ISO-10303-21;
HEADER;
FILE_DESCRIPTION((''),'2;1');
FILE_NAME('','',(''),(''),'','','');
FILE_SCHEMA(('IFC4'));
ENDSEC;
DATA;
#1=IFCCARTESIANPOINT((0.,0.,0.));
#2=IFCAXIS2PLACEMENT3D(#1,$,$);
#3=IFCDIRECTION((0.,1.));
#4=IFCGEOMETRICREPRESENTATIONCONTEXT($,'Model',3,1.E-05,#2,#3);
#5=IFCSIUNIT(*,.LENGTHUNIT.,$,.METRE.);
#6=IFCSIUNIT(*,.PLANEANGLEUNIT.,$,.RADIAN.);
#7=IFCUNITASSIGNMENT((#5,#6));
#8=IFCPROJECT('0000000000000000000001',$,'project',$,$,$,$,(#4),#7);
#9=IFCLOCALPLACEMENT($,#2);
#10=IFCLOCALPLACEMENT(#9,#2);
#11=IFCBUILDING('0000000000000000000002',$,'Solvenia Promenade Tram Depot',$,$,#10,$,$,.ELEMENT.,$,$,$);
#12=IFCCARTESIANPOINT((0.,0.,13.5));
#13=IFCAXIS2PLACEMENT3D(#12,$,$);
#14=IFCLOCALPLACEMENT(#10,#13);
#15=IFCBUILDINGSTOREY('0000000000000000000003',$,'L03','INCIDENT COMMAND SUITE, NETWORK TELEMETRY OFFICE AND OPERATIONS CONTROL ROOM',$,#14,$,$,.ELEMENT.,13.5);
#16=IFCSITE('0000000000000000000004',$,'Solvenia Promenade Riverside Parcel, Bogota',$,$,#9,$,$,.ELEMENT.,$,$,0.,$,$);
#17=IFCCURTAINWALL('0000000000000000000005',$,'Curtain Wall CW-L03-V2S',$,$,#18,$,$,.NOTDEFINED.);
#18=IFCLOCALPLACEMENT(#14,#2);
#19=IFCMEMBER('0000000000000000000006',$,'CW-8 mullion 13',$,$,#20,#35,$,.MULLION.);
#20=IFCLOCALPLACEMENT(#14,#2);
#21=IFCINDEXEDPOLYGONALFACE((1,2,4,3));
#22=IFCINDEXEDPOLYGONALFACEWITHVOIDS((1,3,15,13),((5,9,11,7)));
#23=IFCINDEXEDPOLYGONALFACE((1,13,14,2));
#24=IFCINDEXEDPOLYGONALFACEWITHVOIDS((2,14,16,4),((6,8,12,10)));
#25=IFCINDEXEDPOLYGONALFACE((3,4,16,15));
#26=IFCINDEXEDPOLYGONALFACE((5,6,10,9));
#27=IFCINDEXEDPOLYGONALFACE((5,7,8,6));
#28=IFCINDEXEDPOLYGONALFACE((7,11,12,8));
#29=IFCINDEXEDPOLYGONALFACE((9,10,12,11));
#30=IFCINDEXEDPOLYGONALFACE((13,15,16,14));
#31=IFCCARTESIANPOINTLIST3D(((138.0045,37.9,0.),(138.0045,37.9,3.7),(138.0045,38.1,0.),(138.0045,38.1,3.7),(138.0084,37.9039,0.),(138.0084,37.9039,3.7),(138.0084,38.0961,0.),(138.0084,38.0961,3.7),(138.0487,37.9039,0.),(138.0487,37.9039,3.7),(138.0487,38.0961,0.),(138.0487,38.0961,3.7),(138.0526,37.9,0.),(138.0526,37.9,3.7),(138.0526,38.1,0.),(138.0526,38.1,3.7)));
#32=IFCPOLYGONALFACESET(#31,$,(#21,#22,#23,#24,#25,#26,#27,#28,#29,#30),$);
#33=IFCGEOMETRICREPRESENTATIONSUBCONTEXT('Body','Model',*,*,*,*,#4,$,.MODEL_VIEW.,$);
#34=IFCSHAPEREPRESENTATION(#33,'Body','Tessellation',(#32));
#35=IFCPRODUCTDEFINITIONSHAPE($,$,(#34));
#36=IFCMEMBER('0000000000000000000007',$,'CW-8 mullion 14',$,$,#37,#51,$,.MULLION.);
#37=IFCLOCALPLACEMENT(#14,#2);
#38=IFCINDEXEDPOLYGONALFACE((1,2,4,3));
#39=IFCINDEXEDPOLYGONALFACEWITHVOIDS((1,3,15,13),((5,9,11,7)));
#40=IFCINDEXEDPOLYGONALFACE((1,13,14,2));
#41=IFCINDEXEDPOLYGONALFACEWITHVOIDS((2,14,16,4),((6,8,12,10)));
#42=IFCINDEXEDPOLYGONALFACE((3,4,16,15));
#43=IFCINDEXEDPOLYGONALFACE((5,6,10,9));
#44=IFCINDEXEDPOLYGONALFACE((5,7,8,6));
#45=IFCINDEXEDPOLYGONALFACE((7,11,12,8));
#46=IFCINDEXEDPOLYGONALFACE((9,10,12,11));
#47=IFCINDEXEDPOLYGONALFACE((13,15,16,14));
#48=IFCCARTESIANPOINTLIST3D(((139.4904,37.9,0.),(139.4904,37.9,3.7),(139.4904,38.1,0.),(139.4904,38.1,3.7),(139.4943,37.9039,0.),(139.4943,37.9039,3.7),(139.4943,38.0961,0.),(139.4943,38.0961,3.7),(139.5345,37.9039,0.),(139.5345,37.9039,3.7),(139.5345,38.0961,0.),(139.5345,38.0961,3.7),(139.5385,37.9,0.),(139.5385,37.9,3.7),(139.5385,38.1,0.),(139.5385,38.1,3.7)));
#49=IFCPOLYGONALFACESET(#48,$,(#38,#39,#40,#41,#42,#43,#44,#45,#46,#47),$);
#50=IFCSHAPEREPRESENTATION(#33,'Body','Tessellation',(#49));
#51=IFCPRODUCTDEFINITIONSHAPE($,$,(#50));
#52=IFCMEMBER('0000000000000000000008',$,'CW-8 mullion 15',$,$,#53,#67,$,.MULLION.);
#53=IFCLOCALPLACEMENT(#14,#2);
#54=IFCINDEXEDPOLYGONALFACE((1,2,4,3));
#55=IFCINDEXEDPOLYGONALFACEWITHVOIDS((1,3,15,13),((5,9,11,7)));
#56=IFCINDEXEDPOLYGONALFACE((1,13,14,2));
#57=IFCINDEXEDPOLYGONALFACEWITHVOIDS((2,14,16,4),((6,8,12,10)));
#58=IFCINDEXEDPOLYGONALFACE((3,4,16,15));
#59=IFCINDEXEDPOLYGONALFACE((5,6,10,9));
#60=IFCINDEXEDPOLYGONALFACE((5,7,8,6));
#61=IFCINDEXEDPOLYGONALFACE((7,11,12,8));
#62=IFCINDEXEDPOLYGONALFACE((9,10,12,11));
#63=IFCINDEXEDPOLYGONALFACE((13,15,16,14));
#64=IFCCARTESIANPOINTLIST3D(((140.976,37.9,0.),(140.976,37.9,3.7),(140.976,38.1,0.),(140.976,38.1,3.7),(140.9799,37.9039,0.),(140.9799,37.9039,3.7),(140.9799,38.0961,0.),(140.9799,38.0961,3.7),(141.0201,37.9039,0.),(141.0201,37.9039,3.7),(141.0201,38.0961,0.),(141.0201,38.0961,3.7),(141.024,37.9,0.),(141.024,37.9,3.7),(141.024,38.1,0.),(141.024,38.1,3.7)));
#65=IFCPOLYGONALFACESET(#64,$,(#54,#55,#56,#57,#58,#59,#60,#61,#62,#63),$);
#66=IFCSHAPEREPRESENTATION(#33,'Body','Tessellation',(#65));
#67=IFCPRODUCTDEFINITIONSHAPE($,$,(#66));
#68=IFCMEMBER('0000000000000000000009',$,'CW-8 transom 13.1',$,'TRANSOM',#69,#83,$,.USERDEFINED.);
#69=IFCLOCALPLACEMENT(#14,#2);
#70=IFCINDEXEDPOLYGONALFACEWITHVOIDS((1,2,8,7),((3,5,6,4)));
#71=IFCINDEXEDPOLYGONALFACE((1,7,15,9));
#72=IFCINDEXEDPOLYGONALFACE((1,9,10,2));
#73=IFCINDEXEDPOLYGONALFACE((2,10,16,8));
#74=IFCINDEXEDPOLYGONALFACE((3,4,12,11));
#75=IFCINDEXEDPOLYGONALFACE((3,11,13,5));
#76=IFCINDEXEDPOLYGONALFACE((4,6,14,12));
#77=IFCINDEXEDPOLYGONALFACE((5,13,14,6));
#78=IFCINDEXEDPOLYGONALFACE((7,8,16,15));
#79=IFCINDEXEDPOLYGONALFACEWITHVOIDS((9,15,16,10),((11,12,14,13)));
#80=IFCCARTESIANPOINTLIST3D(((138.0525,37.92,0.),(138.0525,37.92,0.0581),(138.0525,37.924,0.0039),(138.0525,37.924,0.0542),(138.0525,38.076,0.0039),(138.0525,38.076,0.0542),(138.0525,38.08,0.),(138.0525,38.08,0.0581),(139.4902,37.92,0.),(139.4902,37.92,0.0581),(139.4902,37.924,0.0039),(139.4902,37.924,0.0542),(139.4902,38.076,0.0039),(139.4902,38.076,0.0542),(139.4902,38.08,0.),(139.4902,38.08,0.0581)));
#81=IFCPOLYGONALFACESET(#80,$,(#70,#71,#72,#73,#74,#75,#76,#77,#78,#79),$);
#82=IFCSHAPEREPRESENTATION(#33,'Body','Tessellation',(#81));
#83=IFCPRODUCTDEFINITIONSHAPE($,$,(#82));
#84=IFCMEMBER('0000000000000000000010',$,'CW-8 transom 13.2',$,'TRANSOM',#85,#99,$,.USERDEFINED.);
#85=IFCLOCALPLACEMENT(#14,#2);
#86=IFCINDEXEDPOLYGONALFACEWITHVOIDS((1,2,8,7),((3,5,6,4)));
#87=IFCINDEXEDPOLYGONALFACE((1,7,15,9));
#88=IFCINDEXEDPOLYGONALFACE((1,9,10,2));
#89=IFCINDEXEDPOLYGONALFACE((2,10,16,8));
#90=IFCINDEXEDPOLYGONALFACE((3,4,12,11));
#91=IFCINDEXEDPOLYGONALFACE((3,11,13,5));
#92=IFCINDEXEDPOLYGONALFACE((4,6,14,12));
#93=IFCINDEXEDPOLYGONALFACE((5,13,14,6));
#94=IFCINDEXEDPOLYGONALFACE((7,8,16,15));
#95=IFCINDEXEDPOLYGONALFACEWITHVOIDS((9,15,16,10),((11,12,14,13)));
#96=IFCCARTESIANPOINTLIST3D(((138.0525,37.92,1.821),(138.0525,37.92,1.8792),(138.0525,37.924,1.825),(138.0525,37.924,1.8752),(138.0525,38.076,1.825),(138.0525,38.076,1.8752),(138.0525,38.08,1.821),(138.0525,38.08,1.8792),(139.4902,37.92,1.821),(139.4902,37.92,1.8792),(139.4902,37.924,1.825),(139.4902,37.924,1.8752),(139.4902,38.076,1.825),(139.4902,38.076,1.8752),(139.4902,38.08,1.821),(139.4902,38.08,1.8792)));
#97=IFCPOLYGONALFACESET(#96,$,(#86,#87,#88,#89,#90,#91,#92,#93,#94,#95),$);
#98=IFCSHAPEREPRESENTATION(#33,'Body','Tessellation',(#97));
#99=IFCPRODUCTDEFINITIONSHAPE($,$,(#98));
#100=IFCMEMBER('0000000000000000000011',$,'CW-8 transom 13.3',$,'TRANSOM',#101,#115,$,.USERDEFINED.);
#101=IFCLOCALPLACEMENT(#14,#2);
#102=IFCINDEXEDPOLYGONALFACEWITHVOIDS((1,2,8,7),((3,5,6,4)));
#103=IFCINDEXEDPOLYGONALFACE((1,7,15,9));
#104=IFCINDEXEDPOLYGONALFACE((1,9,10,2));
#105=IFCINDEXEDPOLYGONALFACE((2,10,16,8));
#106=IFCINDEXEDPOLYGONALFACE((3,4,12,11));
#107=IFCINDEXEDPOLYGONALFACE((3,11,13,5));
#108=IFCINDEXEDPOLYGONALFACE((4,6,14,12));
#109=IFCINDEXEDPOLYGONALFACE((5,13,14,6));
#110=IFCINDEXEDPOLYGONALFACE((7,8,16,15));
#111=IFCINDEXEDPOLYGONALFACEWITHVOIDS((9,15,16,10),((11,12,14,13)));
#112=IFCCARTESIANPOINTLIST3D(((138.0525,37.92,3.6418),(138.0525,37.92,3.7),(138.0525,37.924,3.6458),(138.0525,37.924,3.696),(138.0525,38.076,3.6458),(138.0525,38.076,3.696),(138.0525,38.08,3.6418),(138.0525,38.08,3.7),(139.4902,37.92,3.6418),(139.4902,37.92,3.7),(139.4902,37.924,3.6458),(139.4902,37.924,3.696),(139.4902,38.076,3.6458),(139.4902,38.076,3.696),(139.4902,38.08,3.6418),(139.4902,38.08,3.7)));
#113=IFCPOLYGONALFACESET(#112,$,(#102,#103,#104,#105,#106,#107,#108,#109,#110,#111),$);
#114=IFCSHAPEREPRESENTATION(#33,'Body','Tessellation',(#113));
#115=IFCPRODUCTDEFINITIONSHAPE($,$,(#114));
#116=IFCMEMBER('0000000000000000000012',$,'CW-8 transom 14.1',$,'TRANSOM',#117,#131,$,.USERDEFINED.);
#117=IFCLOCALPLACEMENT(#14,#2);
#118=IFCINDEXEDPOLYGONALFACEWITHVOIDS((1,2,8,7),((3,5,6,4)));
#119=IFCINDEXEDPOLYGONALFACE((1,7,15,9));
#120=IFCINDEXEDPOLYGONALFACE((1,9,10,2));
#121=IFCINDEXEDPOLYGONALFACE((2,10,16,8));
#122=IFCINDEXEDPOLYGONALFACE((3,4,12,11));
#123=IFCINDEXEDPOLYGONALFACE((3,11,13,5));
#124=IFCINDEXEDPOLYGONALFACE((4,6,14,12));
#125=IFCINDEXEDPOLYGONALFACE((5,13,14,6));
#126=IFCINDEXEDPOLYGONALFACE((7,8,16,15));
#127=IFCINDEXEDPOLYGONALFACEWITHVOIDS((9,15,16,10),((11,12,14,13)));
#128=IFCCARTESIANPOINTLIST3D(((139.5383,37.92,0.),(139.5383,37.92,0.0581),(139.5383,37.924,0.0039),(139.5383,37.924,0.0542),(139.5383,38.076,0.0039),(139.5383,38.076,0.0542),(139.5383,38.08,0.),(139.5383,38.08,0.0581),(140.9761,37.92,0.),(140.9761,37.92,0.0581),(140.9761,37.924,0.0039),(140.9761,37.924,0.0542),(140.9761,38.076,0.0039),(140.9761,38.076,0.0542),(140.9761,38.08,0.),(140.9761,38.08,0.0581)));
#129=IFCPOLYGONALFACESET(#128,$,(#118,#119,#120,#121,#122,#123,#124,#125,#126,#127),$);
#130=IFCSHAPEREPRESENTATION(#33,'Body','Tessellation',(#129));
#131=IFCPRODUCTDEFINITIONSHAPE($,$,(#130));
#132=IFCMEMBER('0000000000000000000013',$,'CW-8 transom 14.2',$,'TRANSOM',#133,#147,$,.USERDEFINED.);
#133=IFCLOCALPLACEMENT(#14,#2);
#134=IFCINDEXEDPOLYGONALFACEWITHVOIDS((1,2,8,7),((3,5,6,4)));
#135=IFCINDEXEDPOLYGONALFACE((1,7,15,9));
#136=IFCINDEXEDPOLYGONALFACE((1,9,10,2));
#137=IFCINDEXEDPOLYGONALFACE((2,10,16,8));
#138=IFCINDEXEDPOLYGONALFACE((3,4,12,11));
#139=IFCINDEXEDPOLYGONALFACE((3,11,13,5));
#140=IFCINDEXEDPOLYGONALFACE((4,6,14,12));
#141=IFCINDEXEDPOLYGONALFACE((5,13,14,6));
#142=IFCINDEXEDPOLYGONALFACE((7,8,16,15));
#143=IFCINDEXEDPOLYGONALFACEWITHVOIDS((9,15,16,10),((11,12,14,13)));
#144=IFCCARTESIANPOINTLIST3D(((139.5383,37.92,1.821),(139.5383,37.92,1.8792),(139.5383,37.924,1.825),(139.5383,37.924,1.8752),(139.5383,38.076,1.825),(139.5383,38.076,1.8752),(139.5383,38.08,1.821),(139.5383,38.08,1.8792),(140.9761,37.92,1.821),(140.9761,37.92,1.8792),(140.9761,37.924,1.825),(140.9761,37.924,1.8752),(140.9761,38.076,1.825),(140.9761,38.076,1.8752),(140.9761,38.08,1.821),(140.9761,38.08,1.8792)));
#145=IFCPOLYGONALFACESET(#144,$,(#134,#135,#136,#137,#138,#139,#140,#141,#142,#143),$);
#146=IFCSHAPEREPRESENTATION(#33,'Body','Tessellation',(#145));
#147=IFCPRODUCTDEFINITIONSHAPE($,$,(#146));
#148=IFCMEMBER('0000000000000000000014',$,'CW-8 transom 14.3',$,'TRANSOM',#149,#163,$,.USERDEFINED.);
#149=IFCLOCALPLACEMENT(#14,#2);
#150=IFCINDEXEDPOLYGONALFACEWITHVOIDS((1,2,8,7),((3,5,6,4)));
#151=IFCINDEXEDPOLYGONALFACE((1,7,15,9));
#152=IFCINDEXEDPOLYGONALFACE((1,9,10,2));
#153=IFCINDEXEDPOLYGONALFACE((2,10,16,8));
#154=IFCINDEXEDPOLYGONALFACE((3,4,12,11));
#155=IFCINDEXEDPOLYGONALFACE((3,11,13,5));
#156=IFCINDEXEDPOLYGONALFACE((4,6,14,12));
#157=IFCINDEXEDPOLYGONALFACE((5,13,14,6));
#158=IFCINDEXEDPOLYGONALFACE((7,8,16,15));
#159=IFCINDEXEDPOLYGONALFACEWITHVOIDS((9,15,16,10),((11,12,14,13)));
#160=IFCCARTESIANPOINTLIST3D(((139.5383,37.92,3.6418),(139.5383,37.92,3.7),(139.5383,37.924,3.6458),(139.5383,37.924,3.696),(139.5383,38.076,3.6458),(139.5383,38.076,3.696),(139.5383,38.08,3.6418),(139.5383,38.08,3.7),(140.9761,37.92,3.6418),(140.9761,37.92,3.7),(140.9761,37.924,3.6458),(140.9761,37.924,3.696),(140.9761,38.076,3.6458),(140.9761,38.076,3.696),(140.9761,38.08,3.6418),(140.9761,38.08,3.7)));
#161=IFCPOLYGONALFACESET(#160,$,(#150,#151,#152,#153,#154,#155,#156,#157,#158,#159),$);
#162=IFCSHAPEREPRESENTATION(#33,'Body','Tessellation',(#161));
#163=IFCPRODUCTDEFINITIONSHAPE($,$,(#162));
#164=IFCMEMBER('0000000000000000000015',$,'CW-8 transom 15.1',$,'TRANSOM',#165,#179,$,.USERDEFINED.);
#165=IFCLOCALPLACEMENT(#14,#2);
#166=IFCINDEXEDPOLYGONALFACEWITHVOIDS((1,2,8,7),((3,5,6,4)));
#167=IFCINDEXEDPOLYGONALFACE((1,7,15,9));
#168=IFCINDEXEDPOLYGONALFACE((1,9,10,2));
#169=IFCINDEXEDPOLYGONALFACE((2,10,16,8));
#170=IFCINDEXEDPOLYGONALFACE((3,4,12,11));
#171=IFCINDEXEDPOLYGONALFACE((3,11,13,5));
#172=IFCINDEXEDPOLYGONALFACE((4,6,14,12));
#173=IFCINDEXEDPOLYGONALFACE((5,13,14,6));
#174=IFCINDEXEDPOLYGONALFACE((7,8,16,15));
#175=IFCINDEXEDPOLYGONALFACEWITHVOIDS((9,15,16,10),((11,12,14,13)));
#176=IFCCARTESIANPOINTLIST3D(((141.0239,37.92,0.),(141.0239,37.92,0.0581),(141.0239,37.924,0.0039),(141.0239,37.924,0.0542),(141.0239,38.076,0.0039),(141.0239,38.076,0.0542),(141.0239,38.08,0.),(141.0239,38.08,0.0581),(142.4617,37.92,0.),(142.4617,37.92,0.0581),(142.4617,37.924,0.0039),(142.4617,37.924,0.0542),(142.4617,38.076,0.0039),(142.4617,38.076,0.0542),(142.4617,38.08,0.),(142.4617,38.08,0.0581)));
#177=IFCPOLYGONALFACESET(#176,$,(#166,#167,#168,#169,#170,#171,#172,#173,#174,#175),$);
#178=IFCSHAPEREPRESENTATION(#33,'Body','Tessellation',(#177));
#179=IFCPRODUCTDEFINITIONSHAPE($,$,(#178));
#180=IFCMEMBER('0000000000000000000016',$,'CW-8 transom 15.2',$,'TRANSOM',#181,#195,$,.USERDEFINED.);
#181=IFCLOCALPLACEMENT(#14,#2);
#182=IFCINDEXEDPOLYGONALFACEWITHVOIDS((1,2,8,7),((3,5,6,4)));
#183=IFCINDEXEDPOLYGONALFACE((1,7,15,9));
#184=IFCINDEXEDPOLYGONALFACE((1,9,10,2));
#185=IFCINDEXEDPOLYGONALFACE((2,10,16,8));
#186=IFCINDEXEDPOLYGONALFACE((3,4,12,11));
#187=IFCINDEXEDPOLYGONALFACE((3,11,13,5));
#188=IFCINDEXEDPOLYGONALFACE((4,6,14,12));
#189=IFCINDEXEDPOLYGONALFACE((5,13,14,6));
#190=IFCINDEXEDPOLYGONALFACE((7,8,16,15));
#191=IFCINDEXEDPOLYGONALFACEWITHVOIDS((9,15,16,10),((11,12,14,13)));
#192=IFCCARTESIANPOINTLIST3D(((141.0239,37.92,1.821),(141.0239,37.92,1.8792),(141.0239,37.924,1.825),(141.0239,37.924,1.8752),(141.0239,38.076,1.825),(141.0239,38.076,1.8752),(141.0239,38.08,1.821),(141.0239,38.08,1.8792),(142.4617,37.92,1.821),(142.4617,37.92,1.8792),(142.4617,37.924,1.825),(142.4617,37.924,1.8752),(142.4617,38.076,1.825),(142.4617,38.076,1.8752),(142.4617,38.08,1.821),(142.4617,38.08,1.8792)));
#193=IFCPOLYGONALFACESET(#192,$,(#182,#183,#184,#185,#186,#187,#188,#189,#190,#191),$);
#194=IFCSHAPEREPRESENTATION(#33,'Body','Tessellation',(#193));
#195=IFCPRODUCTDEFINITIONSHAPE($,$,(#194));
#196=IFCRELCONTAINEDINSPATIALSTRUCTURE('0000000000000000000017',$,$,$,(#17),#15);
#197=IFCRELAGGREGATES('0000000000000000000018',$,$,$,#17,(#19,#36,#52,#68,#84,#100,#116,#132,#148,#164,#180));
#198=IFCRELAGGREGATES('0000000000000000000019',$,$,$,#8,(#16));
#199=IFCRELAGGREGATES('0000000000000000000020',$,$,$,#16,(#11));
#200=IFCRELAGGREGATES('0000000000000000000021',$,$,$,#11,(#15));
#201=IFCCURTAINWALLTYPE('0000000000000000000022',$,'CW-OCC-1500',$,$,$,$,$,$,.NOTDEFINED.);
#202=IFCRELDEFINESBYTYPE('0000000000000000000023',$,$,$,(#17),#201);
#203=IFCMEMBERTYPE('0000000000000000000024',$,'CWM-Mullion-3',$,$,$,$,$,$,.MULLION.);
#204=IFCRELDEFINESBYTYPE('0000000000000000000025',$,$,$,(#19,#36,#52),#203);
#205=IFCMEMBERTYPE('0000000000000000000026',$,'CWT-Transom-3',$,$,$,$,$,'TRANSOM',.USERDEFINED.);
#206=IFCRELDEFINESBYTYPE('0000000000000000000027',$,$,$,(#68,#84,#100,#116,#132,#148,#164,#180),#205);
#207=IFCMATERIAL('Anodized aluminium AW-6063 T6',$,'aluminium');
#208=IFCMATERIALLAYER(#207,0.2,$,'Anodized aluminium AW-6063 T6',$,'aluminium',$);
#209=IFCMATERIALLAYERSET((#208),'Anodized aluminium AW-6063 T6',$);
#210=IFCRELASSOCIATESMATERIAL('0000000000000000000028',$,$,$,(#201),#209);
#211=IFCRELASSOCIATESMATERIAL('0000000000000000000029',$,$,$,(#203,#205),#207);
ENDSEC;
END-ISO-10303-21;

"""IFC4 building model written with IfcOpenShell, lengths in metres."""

from ifc_helpers import new_model, si_unit, direction, frame, origin, origin_2d, place, context, subcontext, project, spatial, hollow_rectangle, extrude, material, layer, layer_set, material_profile, profile_set, type_object, element, aggregate, save


model = new_model("IFC4")

# Units and contexts
model_context = context("Model", 3, precision=1e-05, world=origin(), true_north=direction((0.0, 1.0)))
body_context = subcontext(model_context, "Body", "Model", "MODEL_VIEW")
ifc_project = project(units=[si_unit("LENGTHUNIT", "METRE"), si_unit("PLANEANGLEUNIT", "RADIAN")], contexts=[model_context])

# Site, building, storey
site_placement = place(None, origin())
site = spatial("IfcSite", under=ifc_project, at=site_placement, Name="Solvenia Promenade Riverside Parcel, Bogota", CompositionType="ELEMENT", RefElevation=0.0)
building_placement = place(site_placement, origin())
building = spatial("IfcBuilding", under=site, at=building_placement, Name="Solvenia Promenade Tram Depot", CompositionType="ELEMENT")
storey_placement = place(building_placement, frame((0.0, 0.0, 13.5)))
storey = spatial("IfcBuildingStorey", under=building, at=storey_placement, Name="L03", Description="INCIDENT COMMAND SUITE, NETWORK TELEMETRY OFFICE AND OPERATIONS CONTROL ROOM", CompositionType="ELEMENT", Elevation=13.5)

# Curtain wall, members
ifc_material_1 = material(Name="Anodized aluminium AW-6063 T6", Category="aluminium")
ifc_layer_1 = layer(ifc_material_1, 0.2, Name="Anodized aluminium AW-6063 T6", Category="aluminium")
ifc_layer_set_1 = layer_set([ifc_layer_1], Name="Anodized aluminium AW-6063 T6")
curtain_wall_type = type_object("IfcCurtainWallType", Name="CW-OCC-1500", PredefinedType="NOTDEFINED", material=ifc_layer_set_1)
curtain_wall_placement = place(storey_placement, origin())
curtain_wall = element("IfcCurtainWall", 1, at=curtain_wall_placement, inside=storey, type_object=curtain_wall_type, Name="Curtain Wall CW-L03-V2S", PredefinedType="NOTDEFINED")
ifc_material_profile_1 = material_profile(ifc_material_1, hollow_rectangle(XDim=0.2, YDim=0.0481, WallThickness=0.0039, at=origin_2d()), Name="ALU-M3", Category="aluminium")
ifc_profile_set_1 = profile_set([ifc_material_profile_1], Name="Anodized aluminium AW-6063 T6")
member_type_1 = type_object("IfcMemberType", Name="CWM-Mullion-3", PredefinedType="MULLION", material=ifc_profile_set_1)
member_1_placement = place(storey_placement, frame((138.0286, 38.0, 0.0), z_axis=(0.0, 0.0, 1.0), x_axis=(0.0, 1.0, 0.0)))
member_1 = element("IfcMember", 2, at=member_1_placement, type_object=member_type_1, Name="CW-8 mullion 13", PredefinedType="MULLION", context=body_context, shape_type="SweptSolid", body=[
    extrude(hollow_rectangle(XDim=0.2, YDim=0.0481, WallThickness=0.0039, at=origin_2d()), origin(), (0.0, 0.0, 1.0), 3.7),
])
member_2_placement = place(storey_placement, frame((139.5144, 38.0, 0.0), z_axis=(0.0, 0.0, 1.0), x_axis=(0.0, 1.0, 0.0)))
member_2 = element("IfcMember", 3, at=member_2_placement, type_object=member_type_1, Name="CW-8 mullion 14", PredefinedType="MULLION", context=body_context, shape_type="SweptSolid", body=[
    extrude(hollow_rectangle(XDim=0.2, YDim=0.0481, WallThickness=0.0039, at=origin_2d()), origin(), (0.0, 0.0, 1.0), 3.7),
])
member_3_placement = place(storey_placement, frame((141.0, 38.0, 0.0), z_axis=(0.0, 0.0, 1.0), x_axis=(0.0, 1.0, 0.0)))
member_3 = element("IfcMember", 4, at=member_3_placement, type_object=member_type_1, Name="CW-8 mullion 15", PredefinedType="MULLION", context=body_context, shape_type="SweptSolid", body=[
    extrude(hollow_rectangle(XDim=0.2, YDim=0.0481, WallThickness=0.0039, at=origin_2d()), origin(), (0.0, 0.0, 1.0), 3.7),
])
ifc_material_profile_2 = material_profile(ifc_material_1, hollow_rectangle(XDim=0.1599, YDim=0.0581, WallThickness=0.0039, at=origin_2d()), Name="ALU-T3", Category="aluminium")
ifc_profile_set_2 = profile_set([ifc_material_profile_2], Name="Anodized aluminium AW-6063 T6")
member_type_2 = type_object("IfcMemberType", Name="CWT-Transom-3", ElementType="TRANSOM", PredefinedType="USERDEFINED", material=ifc_profile_set_2)
member_4_placement = place(storey_placement, frame((138.0525, 38.0, 0.0291), z_axis=(1.0, 0.0, 0.0), x_axis=(0.0, 1.0, 0.0)))
member_4 = element("IfcMember", 5, at=member_4_placement, type_object=member_type_2, Name="CW-8 transom 13.1", ObjectType="TRANSOM", PredefinedType="USERDEFINED", context=body_context, shape_type="SweptSolid", body=[
    extrude(hollow_rectangle(XDim=0.1599, YDim=0.0581, WallThickness=0.0039, at=origin_2d()), origin(), (0.0, 0.0, 1.0), 1.4377),
])
member_5_placement = place(storey_placement, frame((138.0525, 38.0, 1.8501), z_axis=(1.0, 0.0, 0.0), x_axis=(0.0, 1.0, 0.0)))
member_5 = element("IfcMember", 6, at=member_5_placement, type_object=member_type_2, Name="CW-8 transom 13.2", ObjectType="TRANSOM", PredefinedType="USERDEFINED", context=body_context, shape_type="SweptSolid", body=[
    extrude(hollow_rectangle(XDim=0.1599, YDim=0.0581, WallThickness=0.0039, at=origin_2d()), origin(), (0.0, 0.0, 1.0), 1.4377),
])
member_6_placement = place(storey_placement, frame((138.0525, 38.0, 3.6709), z_axis=(1.0, 0.0, 0.0), x_axis=(0.0, 1.0, 0.0)))
member_6 = element("IfcMember", 7, at=member_6_placement, type_object=member_type_2, Name="CW-8 transom 13.3", ObjectType="TRANSOM", PredefinedType="USERDEFINED", context=body_context, shape_type="SweptSolid", body=[
    extrude(hollow_rectangle(XDim=0.1599, YDim=0.0581, WallThickness=0.0039, at=origin_2d()), origin(), (0.0, 0.0, 1.0), 1.4377),
])
member_7_placement = place(storey_placement, frame((139.5383, 38.0, 0.0291), z_axis=(1.0, 0.0, 0.0), x_axis=(0.0, 1.0, 0.0)))
member_7 = element("IfcMember", 8, at=member_7_placement, type_object=member_type_2, Name="CW-8 transom 14.1", ObjectType="TRANSOM", PredefinedType="USERDEFINED", context=body_context, shape_type="SweptSolid", body=[
    extrude(hollow_rectangle(XDim=0.1599, YDim=0.0581, WallThickness=0.0039, at=origin_2d()), origin(), (0.0, 0.0, 1.0), 1.4377),
])
member_8_placement = place(storey_placement, frame((139.5383, 38.0, 1.8501), z_axis=(1.0, 0.0, 0.0), x_axis=(0.0, 1.0, 0.0)))
member_8 = element("IfcMember", 9, at=member_8_placement, type_object=member_type_2, Name="CW-8 transom 14.2", ObjectType="TRANSOM", PredefinedType="USERDEFINED", context=body_context, shape_type="SweptSolid", body=[
    extrude(hollow_rectangle(XDim=0.1599, YDim=0.0581, WallThickness=0.0039, at=origin_2d()), origin(), (0.0, 0.0, 1.0), 1.4377),
])
member_9_placement = place(storey_placement, frame((139.5383, 38.0, 3.6709), z_axis=(1.0, 0.0, 0.0), x_axis=(0.0, 1.0, 0.0)))
member_9 = element("IfcMember", 10, at=member_9_placement, type_object=member_type_2, Name="CW-8 transom 14.3", ObjectType="TRANSOM", PredefinedType="USERDEFINED", context=body_context, shape_type="SweptSolid", body=[
    extrude(hollow_rectangle(XDim=0.1599, YDim=0.0581, WallThickness=0.0039, at=origin_2d()), origin(), (0.0, 0.0, 1.0), 1.4377),
])
member_10_placement = place(storey_placement, frame((141.0239, 38.0, 0.0291), z_axis=(1.0, 0.0, 0.0), x_axis=(0.0, 1.0, 0.0)))
member_10 = element("IfcMember", 11, at=member_10_placement, type_object=member_type_2, Name="CW-8 transom 15.1", ObjectType="TRANSOM", PredefinedType="USERDEFINED", context=body_context, shape_type="SweptSolid", body=[
    extrude(hollow_rectangle(XDim=0.1599, YDim=0.0581, WallThickness=0.0039, at=origin_2d()), origin(), (0.0, 0.0, 1.0), 1.4377),
])
member_11_placement = place(storey_placement, frame((141.0239, 38.0, 1.8501), z_axis=(1.0, 0.0, 0.0), x_axis=(0.0, 1.0, 0.0)))
member_11 = element("IfcMember", 12, at=member_11_placement, type_object=member_type_2, Name="CW-8 transom 15.2", ObjectType="TRANSOM", PredefinedType="USERDEFINED", context=body_context, shape_type="SweptSolid", body=[
    extrude(hollow_rectangle(XDim=0.1599, YDim=0.0581, WallThickness=0.0039, at=origin_2d()), origin(), (0.0, 0.0, 1.0), 1.4377),
])
aggregate(curtain_wall, [member_1, member_2, member_3, member_4, member_5, member_6, member_7, member_8, member_9, member_10, member_11])

save(model, "model.ifc")
